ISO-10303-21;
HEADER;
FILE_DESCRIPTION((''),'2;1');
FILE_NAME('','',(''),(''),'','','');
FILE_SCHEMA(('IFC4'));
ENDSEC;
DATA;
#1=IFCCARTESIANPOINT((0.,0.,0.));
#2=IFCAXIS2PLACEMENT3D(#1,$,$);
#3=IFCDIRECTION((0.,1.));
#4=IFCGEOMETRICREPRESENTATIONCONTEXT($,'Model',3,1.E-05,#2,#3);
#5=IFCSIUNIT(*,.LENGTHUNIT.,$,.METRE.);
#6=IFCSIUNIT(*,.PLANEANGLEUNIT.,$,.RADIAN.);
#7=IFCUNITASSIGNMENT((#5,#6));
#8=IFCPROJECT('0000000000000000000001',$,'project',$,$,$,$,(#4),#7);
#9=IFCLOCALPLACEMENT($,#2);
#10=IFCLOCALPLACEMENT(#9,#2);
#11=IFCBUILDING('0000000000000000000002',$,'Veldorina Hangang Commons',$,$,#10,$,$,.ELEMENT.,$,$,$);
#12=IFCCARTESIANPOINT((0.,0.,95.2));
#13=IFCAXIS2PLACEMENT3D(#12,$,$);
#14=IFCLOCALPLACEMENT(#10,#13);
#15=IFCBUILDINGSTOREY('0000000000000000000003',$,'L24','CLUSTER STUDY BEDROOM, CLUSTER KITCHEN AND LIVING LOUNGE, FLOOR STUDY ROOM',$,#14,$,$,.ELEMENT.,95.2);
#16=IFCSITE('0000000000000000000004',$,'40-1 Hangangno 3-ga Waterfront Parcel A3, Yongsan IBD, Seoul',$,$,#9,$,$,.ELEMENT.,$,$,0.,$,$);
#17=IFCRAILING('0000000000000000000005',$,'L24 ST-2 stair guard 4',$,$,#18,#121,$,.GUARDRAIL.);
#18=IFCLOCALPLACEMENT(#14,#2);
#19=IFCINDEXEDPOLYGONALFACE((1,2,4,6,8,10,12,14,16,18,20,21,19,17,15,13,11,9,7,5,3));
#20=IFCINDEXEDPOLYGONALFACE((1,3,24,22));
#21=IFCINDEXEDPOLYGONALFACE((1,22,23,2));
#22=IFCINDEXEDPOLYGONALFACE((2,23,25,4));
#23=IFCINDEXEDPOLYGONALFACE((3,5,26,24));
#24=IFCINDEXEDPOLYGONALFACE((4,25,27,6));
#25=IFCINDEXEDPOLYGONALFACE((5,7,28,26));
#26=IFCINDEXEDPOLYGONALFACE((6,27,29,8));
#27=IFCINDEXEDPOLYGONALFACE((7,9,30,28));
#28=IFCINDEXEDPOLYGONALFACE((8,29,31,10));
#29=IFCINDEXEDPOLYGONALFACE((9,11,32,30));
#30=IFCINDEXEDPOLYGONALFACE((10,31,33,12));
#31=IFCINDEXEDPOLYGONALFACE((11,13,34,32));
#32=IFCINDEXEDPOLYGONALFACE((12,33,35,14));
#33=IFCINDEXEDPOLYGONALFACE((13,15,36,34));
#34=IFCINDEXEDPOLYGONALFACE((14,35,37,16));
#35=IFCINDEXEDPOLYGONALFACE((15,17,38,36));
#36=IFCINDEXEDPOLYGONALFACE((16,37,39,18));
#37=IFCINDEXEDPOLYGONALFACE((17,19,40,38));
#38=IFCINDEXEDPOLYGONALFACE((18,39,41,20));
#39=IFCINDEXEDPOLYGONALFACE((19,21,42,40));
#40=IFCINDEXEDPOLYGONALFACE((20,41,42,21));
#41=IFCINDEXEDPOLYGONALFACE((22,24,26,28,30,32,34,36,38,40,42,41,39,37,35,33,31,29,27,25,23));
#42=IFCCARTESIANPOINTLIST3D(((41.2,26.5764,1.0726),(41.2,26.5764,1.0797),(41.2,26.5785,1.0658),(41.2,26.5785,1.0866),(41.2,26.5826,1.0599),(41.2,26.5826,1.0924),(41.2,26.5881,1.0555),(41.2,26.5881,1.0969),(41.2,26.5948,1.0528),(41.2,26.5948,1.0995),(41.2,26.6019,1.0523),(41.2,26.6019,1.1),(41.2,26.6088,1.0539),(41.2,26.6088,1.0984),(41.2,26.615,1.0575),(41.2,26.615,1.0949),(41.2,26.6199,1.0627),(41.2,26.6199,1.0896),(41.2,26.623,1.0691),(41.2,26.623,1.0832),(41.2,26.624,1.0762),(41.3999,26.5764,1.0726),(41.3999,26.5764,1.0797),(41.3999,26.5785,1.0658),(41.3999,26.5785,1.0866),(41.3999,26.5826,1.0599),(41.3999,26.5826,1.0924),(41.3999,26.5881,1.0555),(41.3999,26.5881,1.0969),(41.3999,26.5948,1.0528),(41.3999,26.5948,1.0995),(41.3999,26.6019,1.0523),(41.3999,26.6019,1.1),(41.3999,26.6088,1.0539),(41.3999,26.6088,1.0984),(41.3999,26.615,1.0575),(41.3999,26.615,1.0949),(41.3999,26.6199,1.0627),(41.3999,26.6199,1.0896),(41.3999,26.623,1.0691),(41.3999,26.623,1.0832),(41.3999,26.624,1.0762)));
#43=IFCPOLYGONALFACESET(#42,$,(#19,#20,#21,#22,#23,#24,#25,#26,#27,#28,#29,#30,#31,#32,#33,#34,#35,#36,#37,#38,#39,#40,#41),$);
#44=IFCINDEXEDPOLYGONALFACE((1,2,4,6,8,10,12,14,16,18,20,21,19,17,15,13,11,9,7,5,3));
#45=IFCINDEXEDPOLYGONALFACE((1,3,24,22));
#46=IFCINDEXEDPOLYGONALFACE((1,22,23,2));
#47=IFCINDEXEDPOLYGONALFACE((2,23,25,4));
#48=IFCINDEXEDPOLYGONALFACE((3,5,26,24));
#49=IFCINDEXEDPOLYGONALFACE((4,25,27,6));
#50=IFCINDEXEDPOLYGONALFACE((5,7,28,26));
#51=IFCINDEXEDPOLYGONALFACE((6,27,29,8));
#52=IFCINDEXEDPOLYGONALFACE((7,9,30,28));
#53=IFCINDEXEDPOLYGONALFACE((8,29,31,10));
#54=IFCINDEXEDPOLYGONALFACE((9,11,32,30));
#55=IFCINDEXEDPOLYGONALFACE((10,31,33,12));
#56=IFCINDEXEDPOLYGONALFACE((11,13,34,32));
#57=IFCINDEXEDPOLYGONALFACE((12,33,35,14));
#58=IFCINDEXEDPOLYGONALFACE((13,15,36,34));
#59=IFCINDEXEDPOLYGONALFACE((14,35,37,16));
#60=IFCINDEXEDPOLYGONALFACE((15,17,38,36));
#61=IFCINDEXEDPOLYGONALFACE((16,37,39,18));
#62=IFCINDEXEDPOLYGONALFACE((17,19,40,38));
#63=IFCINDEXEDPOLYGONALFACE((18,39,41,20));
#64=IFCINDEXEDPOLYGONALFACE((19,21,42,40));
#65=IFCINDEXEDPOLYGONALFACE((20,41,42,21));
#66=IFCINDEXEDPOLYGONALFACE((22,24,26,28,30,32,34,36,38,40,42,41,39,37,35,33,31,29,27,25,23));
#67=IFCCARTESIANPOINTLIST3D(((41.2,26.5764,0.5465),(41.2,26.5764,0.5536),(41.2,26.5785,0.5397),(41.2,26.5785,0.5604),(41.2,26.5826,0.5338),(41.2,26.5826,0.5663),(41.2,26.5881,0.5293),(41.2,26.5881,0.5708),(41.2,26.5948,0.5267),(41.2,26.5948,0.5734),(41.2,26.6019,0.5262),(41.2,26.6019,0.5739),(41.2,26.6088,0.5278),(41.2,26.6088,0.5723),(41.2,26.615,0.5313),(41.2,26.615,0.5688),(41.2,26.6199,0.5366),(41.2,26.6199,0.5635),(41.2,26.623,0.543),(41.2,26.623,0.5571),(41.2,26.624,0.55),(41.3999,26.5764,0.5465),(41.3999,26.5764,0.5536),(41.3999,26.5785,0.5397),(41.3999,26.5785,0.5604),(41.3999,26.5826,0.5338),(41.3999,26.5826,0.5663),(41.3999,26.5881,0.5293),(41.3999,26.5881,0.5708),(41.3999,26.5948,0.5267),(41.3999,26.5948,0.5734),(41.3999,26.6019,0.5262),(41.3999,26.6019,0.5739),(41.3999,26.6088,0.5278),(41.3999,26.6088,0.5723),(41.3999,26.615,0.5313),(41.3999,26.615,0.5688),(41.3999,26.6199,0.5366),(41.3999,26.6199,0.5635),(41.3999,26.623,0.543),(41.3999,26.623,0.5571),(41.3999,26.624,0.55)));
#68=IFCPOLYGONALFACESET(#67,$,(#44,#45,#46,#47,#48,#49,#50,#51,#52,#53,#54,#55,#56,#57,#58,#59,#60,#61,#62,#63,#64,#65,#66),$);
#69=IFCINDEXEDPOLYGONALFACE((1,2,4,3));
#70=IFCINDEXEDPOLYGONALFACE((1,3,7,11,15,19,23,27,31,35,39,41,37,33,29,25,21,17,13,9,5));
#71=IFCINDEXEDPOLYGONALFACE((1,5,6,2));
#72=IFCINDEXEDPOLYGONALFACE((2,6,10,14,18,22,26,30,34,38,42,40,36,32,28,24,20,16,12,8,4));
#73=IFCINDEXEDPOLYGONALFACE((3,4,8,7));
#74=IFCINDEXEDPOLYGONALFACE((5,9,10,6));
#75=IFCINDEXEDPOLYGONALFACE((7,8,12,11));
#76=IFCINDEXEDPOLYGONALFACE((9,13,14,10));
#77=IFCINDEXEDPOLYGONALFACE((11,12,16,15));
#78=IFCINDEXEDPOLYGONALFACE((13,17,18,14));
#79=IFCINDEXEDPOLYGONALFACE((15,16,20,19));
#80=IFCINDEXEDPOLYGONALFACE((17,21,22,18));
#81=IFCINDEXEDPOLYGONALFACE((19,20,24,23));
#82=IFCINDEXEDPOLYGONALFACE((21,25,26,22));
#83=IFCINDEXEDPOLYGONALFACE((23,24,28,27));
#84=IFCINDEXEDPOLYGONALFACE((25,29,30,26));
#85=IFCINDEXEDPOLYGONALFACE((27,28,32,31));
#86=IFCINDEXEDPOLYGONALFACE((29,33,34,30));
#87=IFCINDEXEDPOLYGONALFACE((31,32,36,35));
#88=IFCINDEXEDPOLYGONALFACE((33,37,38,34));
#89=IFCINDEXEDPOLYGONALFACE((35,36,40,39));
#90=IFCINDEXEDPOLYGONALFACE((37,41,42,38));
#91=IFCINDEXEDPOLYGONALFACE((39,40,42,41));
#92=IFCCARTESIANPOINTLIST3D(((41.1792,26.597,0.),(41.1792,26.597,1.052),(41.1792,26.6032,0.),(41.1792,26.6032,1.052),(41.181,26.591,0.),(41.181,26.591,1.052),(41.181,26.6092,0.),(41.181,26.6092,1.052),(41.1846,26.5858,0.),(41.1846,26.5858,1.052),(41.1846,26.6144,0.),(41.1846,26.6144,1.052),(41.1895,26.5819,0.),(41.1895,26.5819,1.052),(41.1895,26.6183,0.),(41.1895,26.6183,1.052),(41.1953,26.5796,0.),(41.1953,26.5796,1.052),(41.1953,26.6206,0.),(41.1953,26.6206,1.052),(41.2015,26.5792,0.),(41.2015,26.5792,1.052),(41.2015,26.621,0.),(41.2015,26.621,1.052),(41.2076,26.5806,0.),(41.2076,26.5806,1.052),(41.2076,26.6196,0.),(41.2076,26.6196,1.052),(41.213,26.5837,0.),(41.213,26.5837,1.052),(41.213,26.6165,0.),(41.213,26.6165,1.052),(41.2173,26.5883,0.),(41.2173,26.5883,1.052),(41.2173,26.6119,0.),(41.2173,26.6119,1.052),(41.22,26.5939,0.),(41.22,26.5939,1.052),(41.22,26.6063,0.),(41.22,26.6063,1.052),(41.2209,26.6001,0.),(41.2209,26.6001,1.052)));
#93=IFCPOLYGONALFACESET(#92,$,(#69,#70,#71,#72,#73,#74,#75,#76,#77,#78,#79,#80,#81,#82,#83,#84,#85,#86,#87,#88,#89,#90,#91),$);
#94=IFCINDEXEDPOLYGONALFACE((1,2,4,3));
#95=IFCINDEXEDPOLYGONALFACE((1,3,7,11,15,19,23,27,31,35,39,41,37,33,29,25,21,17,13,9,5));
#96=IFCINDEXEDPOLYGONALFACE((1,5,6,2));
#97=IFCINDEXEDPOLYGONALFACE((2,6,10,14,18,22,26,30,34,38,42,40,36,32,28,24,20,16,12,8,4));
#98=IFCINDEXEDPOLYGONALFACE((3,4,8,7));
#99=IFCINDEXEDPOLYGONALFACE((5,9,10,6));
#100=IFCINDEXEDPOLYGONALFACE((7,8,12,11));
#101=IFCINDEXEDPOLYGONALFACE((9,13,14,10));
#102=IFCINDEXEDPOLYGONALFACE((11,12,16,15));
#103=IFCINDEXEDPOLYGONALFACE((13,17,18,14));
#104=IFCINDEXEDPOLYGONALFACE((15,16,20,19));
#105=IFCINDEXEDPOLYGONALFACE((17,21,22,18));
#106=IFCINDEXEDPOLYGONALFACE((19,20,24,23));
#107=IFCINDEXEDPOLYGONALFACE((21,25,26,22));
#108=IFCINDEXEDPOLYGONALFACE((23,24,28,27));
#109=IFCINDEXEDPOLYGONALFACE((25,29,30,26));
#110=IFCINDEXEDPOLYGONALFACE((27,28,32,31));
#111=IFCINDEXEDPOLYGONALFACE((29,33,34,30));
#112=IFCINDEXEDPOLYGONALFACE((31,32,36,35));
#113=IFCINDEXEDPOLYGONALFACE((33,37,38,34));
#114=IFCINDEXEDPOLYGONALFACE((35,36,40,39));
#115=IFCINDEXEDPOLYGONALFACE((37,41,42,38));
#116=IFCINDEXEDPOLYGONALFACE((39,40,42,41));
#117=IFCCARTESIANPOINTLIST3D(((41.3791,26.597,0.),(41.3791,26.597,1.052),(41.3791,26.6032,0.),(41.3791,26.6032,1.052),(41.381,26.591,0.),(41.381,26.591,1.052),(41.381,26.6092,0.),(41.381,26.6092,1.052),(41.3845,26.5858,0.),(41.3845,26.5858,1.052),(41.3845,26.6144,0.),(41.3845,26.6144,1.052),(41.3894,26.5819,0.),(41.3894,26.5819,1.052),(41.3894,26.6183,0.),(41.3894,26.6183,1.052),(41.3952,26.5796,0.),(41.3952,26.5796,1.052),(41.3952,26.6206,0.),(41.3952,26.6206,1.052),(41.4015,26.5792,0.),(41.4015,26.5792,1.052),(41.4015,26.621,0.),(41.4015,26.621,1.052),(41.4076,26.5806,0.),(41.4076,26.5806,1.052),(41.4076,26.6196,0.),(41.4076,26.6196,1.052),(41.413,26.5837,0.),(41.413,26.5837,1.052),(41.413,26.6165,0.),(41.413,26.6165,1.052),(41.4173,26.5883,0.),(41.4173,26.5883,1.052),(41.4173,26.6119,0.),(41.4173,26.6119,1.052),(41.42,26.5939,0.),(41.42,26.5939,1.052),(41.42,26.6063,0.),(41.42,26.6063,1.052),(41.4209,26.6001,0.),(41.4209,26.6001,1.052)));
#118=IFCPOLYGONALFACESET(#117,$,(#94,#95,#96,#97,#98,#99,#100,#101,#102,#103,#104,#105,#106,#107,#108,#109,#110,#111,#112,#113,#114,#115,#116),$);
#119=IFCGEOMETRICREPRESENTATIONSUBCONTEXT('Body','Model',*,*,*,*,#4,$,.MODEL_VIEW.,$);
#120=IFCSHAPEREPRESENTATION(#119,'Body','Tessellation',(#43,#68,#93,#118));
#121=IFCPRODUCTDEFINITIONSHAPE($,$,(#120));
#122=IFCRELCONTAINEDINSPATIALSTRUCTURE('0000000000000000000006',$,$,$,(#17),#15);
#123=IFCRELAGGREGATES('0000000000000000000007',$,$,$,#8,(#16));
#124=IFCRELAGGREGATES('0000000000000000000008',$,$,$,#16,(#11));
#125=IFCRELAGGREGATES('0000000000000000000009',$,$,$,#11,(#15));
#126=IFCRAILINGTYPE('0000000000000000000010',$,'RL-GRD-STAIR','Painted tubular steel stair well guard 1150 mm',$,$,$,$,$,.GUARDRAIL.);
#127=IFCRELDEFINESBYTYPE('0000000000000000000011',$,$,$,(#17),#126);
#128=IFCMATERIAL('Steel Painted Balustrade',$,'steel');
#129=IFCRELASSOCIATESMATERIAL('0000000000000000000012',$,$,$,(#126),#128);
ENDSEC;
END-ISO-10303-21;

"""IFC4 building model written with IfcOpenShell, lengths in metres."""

from ifc_helpers import new_model, si_unit, direction, frame, origin, origin_2d, place, context, subcontext, project, spatial, circle, extrude, material, type_object, element, save


model = new_model("IFC4")

# Units and contexts
model_context = context("Model", 3, precision=1e-05, world=origin(), true_north=direction((0.0, 1.0)))
body_context = subcontext(model_context, "Body", "Model", "MODEL_VIEW")
ifc_project = project(units=[si_unit("LENGTHUNIT", "METRE"), si_unit("PLANEANGLEUNIT", "RADIAN")], contexts=[model_context])

# Site, building, storey
site_placement = place(None, origin())
site = spatial("IfcSite", under=ifc_project, at=site_placement, Name="40-1 Hangangno 3-ga Waterfront Parcel A3, Yongsan IBD, Seoul", CompositionType="ELEMENT", RefElevation=0.0)
building_placement = place(site_placement, origin())
building = spatial("IfcBuilding", under=site, at=building_placement, Name="Veldorina Hangang Commons", CompositionType="ELEMENT")
storey_placement = place(building_placement, frame((0.0, 0.0, 95.2)))
storey = spatial("IfcBuildingStorey", under=building, at=storey_placement, Name="L24", Description="CLUSTER STUDY BEDROOM, CLUSTER KITCHEN AND LIVING LOUNGE, FLOOR STUDY ROOM", CompositionType="ELEMENT", Elevation=95.2)

# Railing
ifc_material_1 = material(Name="Steel Painted Balustrade", Category="steel")
railing_type_1 = type_object("IfcRailingType", Name="RL-GRD-STAIR", Description="Painted tubular steel stair well guard 1150 mm", PredefinedType="GUARDRAIL", material=ifc_material_1)
railing_1_placement = place(storey_placement, frame((41.2, 26.6001, 0.0)))
element("IfcRailing", 1, at=railing_1_placement, inside=storey, type_object=railing_type_1, Name="L24 ST-2 stair guard 4", PredefinedType="GUARDRAIL", context=body_context, shape_type="SweptSolid", body=[
    extrude(circle(Radius=0.0239, at=origin_2d()), frame((0.0, 0.0, 1.0762), z_axis=(1.0, 0.0, 0.0), x_axis=(0.0, 1.0, 0.0)), (0.0, 0.0, 1.0), 0.2),
    extrude(circle(Radius=0.0239, at=origin_2d()), frame((0.0, 0.0, 0.55), z_axis=(1.0, 0.0, 0.0), x_axis=(0.0, 1.0, 0.0)), (0.0, 0.0, 1.0), 0.2),
    extrude(circle(Radius=0.021, at=origin_2d()), origin(), (0.0, 0.0, 1.0), 1.052),
    extrude(circle(Radius=0.021, at=origin_2d()), frame((0.2, 0.0, 0.0)), (0.0, 0.0, 1.0), 1.052),
])

save(model, "model.ifc")
